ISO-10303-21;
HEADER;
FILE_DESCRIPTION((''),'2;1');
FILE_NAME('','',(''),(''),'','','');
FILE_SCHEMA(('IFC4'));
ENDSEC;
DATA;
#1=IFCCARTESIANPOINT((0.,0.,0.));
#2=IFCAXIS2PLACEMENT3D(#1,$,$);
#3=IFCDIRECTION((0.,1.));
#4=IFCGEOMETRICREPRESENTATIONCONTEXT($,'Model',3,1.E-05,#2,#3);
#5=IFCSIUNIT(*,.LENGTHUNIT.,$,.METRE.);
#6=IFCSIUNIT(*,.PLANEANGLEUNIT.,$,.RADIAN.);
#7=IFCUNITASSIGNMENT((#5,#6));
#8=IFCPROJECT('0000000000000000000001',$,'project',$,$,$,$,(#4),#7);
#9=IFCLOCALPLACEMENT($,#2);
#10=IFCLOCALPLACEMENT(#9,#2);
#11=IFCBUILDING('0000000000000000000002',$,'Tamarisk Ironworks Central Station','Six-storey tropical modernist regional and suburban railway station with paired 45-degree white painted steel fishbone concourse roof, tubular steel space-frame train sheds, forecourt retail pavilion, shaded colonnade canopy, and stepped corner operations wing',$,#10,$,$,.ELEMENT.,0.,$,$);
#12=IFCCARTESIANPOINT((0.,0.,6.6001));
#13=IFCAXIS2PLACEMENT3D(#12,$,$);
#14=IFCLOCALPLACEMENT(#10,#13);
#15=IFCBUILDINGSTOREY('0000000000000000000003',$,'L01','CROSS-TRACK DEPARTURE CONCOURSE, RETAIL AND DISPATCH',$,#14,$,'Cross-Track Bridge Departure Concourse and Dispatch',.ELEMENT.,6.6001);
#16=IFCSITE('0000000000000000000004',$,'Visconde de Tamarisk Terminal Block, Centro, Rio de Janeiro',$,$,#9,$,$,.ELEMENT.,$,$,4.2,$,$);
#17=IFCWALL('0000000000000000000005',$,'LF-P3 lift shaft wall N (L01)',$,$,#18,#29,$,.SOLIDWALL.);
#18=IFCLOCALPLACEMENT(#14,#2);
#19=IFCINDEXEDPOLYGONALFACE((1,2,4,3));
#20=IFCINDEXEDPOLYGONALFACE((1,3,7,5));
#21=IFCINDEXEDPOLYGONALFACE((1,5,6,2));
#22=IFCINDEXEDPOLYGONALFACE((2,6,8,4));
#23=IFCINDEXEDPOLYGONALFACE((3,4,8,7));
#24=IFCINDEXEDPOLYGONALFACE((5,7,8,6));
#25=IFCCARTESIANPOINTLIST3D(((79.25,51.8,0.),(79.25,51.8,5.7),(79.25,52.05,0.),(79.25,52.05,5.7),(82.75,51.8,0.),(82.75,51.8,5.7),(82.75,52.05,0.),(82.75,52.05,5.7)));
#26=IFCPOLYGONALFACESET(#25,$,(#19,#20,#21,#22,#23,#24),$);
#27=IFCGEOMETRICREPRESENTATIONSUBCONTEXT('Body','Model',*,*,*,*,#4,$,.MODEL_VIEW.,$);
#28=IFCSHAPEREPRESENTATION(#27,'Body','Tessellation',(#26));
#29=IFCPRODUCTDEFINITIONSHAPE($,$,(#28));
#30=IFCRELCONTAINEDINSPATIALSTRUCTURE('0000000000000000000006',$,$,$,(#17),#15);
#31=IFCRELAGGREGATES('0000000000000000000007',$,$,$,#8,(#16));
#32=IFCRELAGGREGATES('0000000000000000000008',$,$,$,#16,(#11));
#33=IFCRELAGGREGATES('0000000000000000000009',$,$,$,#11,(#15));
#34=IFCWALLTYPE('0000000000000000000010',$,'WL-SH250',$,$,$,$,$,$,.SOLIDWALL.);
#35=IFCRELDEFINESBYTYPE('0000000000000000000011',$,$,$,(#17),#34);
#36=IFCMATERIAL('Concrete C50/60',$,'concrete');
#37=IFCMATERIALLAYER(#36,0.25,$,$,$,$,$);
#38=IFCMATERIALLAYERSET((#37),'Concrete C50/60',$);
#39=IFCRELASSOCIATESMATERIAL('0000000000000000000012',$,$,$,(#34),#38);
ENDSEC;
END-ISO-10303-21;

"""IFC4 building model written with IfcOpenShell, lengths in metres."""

from ifc_helpers import new_model, si_unit, direction, frame, frame_2d, origin, place, context, subcontext, project, spatial, rectangle, extrude, material, layer, layer_set, type_object, element, save


model = new_model("IFC4")

# Units and contexts
model_context = context("Model", 3, precision=1e-05, world=origin(), true_north=direction((0.0, 1.0)))
body_context = subcontext(model_context, "Body", "Model", "MODEL_VIEW")
ifc_project = project(units=[si_unit("LENGTHUNIT", "METRE"), si_unit("PLANEANGLEUNIT", "RADIAN")], contexts=[model_context])

# Site, building, storey
site_placement = place(None, origin())
site = spatial("IfcSite", under=ifc_project, at=site_placement, Name="Visconde de Tamarisk Terminal Block, Centro, Rio de Janeiro", CompositionType="ELEMENT", RefElevation=4.2)
building_placement = place(site_placement, origin())
building = spatial("IfcBuilding", under=site, at=building_placement, Name="Tamarisk Ironworks Central Station", Description="Six-storey tropical modernist regional and suburban railway station with paired 45-degree white painted steel fishbone concourse roof, tubular steel space-frame train sheds, forecourt retail pavilion, shaded colonnade canopy, and stepped corner operations wing", CompositionType="ELEMENT", ElevationOfRefHeight=0.0)
storey_placement = place(building_placement, frame((0.0, 0.0, 6.6001)))
storey = spatial("IfcBuildingStorey", under=building, at=storey_placement, Name="L01", Description="CROSS-TRACK DEPARTURE CONCOURSE, RETAIL AND DISPATCH", LongName="Cross-Track Bridge Departure Concourse and Dispatch", CompositionType="ELEMENT", Elevation=6.6001)

# Wall
ifc_material_1 = material(Name="Concrete C50/60", Category="concrete")
ifc_layer_1 = layer(ifc_material_1, 0.25)
ifc_layer_set_1 = layer_set([ifc_layer_1], Name="Concrete C50/60")
wall_type = type_object("IfcWallType", Name="WL-SH250", PredefinedType="SOLIDWALL", material=ifc_layer_set_1)
wall_placement = place(storey_placement, frame((79.25, 51.925, 0.0), z_axis=(0.0, 0.0, 1.0), x_axis=(1.0, 0.0, 0.0)))
element("IfcWall", 1, at=wall_placement, inside=storey, type_object=wall_type, Name="LF-P3 lift shaft wall N (L01)", PredefinedType="SOLIDWALL", context=body_context, shape_type="SweptSolid", body=[
    extrude(rectangle(XDim=3.5, YDim=0.25, at=frame_2d((1.75, 0.0))), origin(), (0.0, 0.0, 1.0), 5.7),
])

save(model, "model.ifc")
